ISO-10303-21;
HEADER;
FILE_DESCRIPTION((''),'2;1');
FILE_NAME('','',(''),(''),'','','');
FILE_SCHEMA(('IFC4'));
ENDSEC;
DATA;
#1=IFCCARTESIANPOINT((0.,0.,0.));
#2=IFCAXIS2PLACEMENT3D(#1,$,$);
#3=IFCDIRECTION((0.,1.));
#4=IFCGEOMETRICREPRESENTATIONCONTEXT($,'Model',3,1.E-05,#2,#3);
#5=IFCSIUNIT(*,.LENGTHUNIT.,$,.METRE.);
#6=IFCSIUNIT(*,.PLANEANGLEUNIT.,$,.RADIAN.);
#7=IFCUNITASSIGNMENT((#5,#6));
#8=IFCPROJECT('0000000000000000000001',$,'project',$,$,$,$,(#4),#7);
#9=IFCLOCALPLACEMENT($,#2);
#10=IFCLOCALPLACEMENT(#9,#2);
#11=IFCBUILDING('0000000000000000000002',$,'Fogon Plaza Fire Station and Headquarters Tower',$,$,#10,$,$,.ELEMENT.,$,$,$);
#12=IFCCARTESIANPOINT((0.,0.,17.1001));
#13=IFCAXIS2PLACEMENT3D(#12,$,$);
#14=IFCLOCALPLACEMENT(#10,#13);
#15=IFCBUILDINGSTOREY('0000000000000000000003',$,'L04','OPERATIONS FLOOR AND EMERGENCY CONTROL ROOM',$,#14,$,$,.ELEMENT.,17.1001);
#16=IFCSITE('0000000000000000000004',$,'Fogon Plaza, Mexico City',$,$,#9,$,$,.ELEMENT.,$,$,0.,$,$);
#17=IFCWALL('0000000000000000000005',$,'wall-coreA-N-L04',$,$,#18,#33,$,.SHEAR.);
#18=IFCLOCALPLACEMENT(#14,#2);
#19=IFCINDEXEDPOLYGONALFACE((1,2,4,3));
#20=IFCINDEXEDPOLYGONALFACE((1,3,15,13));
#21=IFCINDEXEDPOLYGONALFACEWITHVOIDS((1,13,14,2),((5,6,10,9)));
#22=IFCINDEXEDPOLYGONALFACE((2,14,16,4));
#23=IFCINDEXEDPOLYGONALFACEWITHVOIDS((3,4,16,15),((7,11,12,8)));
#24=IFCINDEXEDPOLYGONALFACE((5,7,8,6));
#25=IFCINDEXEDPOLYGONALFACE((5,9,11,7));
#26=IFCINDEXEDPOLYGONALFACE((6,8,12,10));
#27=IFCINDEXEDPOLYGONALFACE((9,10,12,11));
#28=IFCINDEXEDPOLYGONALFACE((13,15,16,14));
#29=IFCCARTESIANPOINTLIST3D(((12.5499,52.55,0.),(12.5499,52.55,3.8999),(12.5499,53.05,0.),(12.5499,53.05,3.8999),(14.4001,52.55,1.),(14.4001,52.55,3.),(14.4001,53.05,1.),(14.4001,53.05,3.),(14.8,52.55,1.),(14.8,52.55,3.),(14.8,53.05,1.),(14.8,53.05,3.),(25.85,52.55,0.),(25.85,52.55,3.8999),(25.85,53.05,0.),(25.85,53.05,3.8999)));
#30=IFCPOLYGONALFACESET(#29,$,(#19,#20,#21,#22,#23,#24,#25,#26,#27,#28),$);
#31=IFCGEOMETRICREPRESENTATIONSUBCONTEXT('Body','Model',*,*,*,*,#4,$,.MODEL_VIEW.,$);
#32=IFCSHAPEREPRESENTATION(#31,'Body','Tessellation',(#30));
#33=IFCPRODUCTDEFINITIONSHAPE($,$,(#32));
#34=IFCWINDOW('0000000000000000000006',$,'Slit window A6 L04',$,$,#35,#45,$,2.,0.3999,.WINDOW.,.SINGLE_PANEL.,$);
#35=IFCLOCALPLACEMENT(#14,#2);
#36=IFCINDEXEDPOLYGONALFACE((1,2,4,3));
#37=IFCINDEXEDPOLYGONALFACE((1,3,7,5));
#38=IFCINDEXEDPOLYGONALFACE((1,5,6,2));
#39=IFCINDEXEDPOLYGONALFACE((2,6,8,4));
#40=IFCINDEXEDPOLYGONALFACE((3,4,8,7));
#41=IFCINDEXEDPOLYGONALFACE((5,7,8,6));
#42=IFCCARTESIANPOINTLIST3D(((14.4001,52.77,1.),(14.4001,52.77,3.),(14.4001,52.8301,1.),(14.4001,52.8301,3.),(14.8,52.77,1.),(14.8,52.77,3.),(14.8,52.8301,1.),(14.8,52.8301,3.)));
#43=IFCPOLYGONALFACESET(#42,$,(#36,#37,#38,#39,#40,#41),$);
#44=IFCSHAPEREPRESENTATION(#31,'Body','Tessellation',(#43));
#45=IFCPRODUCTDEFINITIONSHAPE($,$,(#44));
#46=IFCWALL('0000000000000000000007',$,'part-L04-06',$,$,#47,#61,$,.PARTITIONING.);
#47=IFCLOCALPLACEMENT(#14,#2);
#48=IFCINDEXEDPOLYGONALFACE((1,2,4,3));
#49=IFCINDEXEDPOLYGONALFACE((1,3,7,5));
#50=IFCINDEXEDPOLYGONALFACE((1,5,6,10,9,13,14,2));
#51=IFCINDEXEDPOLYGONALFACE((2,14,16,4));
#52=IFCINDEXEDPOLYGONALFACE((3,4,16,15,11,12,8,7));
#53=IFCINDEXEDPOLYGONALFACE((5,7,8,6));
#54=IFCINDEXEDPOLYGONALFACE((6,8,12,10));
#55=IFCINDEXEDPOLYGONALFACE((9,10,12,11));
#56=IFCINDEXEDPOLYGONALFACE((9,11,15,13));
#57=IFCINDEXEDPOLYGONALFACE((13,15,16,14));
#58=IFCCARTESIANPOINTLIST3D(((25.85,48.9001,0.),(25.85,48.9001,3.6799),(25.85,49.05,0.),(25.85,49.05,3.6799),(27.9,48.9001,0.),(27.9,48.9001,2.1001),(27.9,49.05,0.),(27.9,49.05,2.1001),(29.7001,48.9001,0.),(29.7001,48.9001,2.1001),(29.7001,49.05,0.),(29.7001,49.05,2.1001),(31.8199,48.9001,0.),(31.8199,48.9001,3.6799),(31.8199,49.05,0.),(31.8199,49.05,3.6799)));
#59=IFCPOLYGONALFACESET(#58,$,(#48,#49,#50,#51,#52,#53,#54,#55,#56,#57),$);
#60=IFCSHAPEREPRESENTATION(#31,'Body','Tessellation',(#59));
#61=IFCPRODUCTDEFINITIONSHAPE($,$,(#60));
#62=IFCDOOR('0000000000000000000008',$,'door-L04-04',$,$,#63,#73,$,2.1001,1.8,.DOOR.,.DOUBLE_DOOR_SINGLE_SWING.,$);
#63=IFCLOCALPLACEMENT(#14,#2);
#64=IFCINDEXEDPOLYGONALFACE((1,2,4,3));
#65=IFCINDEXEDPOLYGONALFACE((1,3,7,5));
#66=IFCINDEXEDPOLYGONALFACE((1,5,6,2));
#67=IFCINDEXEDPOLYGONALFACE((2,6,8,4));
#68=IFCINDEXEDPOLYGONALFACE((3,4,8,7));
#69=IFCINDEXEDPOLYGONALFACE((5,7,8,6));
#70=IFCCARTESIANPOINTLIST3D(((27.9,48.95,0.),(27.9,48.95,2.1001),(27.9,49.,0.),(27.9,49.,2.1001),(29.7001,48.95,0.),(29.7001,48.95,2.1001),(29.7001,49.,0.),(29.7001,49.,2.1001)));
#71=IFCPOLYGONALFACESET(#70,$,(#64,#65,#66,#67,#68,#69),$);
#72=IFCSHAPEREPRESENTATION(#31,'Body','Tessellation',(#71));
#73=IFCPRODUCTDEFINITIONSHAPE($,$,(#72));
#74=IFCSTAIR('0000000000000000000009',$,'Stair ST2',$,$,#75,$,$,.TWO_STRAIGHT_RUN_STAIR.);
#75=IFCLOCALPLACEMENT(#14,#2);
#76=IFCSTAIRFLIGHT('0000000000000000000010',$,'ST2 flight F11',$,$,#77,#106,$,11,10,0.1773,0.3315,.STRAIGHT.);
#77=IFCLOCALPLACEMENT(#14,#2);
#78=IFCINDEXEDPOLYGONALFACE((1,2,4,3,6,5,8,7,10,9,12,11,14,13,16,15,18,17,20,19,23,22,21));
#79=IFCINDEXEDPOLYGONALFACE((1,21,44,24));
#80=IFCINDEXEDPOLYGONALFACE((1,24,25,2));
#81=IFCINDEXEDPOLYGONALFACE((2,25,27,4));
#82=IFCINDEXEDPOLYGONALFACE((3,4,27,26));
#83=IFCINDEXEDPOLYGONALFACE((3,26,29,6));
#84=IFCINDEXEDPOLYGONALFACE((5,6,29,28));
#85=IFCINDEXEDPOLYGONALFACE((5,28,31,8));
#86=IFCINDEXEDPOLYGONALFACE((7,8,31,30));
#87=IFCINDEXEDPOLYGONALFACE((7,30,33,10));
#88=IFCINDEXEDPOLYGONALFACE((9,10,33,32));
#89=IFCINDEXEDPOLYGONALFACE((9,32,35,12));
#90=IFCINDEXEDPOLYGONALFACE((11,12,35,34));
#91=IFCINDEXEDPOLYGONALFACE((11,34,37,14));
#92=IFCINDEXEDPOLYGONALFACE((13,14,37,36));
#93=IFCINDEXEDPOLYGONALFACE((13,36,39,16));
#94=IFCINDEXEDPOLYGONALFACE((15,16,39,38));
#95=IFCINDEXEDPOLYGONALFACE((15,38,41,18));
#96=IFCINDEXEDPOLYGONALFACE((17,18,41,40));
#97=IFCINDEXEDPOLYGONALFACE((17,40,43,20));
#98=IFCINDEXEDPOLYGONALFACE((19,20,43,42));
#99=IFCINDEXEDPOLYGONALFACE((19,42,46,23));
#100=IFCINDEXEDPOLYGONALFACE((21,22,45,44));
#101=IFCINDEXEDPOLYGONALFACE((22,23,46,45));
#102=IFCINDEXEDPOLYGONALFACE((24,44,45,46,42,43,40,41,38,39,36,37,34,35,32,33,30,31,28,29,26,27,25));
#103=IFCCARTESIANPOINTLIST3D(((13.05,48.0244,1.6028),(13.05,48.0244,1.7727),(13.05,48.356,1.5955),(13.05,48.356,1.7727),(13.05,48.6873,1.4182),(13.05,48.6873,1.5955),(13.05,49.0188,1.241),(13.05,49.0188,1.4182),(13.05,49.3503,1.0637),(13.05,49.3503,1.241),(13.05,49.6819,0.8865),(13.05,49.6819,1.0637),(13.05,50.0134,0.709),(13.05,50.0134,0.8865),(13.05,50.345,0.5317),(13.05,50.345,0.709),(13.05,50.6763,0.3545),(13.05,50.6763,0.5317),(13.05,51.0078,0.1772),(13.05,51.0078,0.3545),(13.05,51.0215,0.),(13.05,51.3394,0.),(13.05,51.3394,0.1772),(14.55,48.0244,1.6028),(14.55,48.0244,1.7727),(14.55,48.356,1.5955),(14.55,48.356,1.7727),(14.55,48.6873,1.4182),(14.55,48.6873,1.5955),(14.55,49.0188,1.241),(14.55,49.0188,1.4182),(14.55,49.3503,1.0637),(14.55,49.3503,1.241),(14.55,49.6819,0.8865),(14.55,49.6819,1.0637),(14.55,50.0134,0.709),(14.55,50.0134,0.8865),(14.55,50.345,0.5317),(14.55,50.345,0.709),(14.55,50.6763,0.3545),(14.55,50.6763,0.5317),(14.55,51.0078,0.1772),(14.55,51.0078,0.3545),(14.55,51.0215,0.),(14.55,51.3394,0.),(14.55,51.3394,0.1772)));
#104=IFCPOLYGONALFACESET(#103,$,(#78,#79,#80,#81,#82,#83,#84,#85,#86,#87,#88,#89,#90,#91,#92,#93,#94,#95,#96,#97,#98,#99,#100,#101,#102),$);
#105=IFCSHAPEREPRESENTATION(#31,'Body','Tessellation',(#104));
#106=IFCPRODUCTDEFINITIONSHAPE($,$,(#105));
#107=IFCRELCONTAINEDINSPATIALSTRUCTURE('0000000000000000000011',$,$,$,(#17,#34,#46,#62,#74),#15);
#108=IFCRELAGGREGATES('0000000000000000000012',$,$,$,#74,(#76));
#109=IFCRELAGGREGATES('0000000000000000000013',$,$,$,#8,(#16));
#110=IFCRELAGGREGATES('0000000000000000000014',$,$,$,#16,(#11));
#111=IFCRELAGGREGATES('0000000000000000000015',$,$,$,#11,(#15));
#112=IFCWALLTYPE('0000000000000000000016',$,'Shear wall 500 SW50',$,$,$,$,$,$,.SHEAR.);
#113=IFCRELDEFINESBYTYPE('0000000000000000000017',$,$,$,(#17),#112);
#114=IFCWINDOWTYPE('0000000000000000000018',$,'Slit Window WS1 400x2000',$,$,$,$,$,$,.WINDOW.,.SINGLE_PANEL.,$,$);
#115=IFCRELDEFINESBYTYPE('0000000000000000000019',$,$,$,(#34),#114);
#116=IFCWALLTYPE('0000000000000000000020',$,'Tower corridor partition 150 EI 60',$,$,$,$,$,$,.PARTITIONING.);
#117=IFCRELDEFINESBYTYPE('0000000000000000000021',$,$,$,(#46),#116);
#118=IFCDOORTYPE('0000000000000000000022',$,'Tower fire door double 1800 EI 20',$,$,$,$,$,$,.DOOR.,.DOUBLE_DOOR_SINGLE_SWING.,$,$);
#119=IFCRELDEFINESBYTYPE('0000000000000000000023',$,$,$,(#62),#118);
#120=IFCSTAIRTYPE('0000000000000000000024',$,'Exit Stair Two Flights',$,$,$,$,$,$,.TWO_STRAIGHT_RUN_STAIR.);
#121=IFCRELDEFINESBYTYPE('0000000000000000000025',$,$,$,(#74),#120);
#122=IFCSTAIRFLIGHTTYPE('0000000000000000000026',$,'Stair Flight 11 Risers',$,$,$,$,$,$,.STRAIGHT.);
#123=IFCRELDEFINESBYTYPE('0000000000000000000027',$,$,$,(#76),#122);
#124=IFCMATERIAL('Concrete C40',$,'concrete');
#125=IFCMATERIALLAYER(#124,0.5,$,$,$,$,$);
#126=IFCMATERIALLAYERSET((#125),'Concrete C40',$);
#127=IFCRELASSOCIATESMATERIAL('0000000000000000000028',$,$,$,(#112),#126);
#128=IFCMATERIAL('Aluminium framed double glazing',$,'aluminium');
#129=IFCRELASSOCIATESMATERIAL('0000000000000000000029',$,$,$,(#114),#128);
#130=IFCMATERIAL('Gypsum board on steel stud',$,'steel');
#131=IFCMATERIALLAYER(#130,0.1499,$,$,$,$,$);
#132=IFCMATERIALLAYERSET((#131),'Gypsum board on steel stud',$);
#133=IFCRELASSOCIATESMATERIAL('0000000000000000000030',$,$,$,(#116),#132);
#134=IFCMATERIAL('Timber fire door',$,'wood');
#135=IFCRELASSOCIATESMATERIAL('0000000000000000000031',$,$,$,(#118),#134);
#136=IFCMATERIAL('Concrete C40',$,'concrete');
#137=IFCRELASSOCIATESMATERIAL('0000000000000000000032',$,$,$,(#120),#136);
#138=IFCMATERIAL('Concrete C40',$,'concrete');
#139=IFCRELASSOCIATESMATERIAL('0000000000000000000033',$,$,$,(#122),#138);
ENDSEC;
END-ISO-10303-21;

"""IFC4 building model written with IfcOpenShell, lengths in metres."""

from ifc_helpers import new_model, si_unit, direction, frame, frame_2d, origin, place, context, subcontext, project, spatial, polyline, rectangle, outline, extrude, material, layer, layer_set, type_object, element, fill, aggregate, save


model = new_model("IFC4")

# Units and contexts
model_context = context("Model", 3, precision=1e-05, world=origin(), true_north=direction((0.0, 1.0)))
body_context = subcontext(model_context, "Body", "Model", "MODEL_VIEW")
ifc_project = project(units=[si_unit("LENGTHUNIT", "METRE"), si_unit("PLANEANGLEUNIT", "RADIAN")], contexts=[model_context])

# Site, building, storey
site_placement = place(None, origin())
site = spatial("IfcSite", under=ifc_project, at=site_placement, Name="Fogon Plaza, Mexico City", CompositionType="ELEMENT", RefElevation=0.0)
building_placement = place(site_placement, origin())
building = spatial("IfcBuilding", under=site, at=building_placement, Name="Fogon Plaza Fire Station and Headquarters Tower", CompositionType="ELEMENT")
storey_placement = place(building_placement, frame((0.0, 0.0, 17.1001)))
storey = spatial("IfcBuildingStorey", under=building, at=storey_placement, Name="L04", Description="OPERATIONS FLOOR AND EMERGENCY CONTROL ROOM", CompositionType="ELEMENT", Elevation=17.1001)

# Wall, opening, window
ifc_material_1 = material(Name="Concrete C40", Category="concrete")
ifc_layer_1 = layer(ifc_material_1, 0.5)
ifc_layer_set_1 = layer_set([ifc_layer_1], Name="Concrete C40")
wall_type_1 = type_object("IfcWallType", Name="Shear wall 500 SW50", PredefinedType="SHEAR", material=ifc_layer_set_1)
wall_1_placement = place(storey_placement, frame((12.55, 52.8, 0.0), z_axis=(0.0, 0.0, 1.0), x_axis=(1.0, 0.0, 0.0)))
wall_1 = element("IfcWall", 1, at=wall_1_placement, inside=storey, type_object=wall_type_1, Name="wall-coreA-N-L04", PredefinedType="SHEAR", context=body_context, shape_type="SweptSolid", body=[
    extrude(rectangle(XDim=13.3, YDim=0.5, at=frame_2d((6.6499, 0.0))), origin(), (0.0, 0.0, 1.0), 3.8999),
])
opening_1_placement = place(wall_1_placement, frame((1.8501, 0.0, 1.0)))
opening_1 = element("IfcOpeningElement", 2, at=opening_1_placement, cuts=wall_1, PredefinedType="OPENING", context=body_context, shape_type="SweptSolid", body=[
    extrude(rectangle(XDim=0.3999, YDim=2.0, at=frame_2d((0.2, 1.0))), frame((0.0, 0.26, 0.0), z_axis=(0.0, -1.0, 0.0), x_axis=(1.0, 0.0, 0.0)), (0.0, 0.0, 1.0), 0.52),
])
ifc_material_2 = material(Name="Aluminium framed double glazing", Category="aluminium")
window_type = type_object("IfcWindowType", Name="Slit Window WS1 400x2000", PartitioningType="SINGLE_PANEL", PredefinedType="WINDOW", material=ifc_material_2)
window_placement = place(opening_1_placement, origin())
window = element("IfcWindow", 3, at=window_placement, inside=storey, type_object=window_type, Name="Slit window A6 L04", OverallHeight=2.0, OverallWidth=0.3999, PartitioningType="SINGLE_PANEL", PredefinedType="WINDOW", context=body_context, shape_type="SweptSolid", body=[
    extrude(rectangle(XDim=0.3999, YDim=2.0, at=frame_2d((0.2, 1.0))), frame((0.0, 0.03, 0.0), z_axis=(0.0, -1.0, 0.0), x_axis=(1.0, 0.0, 0.0)), (0.0, 0.0, 1.0), 0.0601),
])
fill(opening_1, window)

# Wall, opening, door
ifc_material_3 = material(Name="Gypsum board on steel stud", Category="steel")
ifc_layer_2 = layer(ifc_material_3, 0.1499)
ifc_layer_set_2 = layer_set([ifc_layer_2], Name="Gypsum board on steel stud")
wall_type_2 = type_object("IfcWallType", Name="Tower corridor partition 150 EI 60", PredefinedType="PARTITIONING", material=ifc_layer_set_2)
wall_2_placement = place(storey_placement, frame((25.8501, 48.9751, 0.0), z_axis=(0.0, 0.0, 1.0), x_axis=(1.0, 0.0, 0.0)))
wall_2 = element("IfcWall", 4, at=wall_2_placement, inside=storey, type_object=wall_type_2, Name="part-L04-06", PredefinedType="PARTITIONING", context=body_context, shape_type="SweptSolid", body=[
    extrude(rectangle(XDim=5.97, YDim=0.1499, at=frame_2d((2.9849, 0.0))), origin(), (0.0, 0.0, 1.0), 3.6799),
])
opening_2_placement = place(wall_2_placement, frame((2.05, 0.0, 0.0)))
opening_2 = element("IfcOpeningElement", 5, at=opening_2_placement, cuts=wall_2, PredefinedType="OPENING", context=body_context, shape_type="SweptSolid", body=[
    extrude(rectangle(XDim=1.8, YDim=2.1001, at=frame_2d((0.8999, 1.05))), frame((0.0, 0.085, 0.0), z_axis=(0.0, -1.0, 0.0), x_axis=(1.0, 0.0, 0.0)), (0.0, 0.0, 1.0), 0.1699),
])
ifc_material_4 = material(Name="Timber fire door", Category="wood")
door_type = type_object("IfcDoorType", Name="Tower fire door double 1800 EI 20", OperationType="DOUBLE_DOOR_SINGLE_SWING", PredefinedType="DOOR", material=ifc_material_4)
door_placement = place(opening_2_placement, origin())
door = element("IfcDoor", 6, at=door_placement, inside=storey, type_object=door_type, Name="door-L04-04", OperationType="DOUBLE_DOOR_SINGLE_SWING", OverallHeight=2.1001, OverallWidth=1.8, PredefinedType="DOOR", context=body_context, shape_type="SweptSolid", body=[
    extrude(rectangle(XDim=1.8, YDim=2.1001, at=frame_2d((0.8999, 1.05))), frame((0.0, 0.0249, 0.0), z_axis=(0.0, -1.0, 0.0), x_axis=(1.0, 0.0, 0.0)), (0.0, 0.0, 1.0), 0.05),
])
fill(opening_2, door)

# Stair, stair flight
ifc_material_5 = material(Name="Concrete C40", Category="concrete")
stair_type = type_object("IfcStairType", Name="Exit Stair Two Flights", PredefinedType="TWO_STRAIGHT_RUN_STAIR", material=ifc_material_5)
stair_placement = place(storey_placement, origin())
stair = element("IfcStair", 7, at=stair_placement, inside=storey, type_object=stair_type, Name="Stair ST2", PredefinedType="TWO_STRAIGHT_RUN_STAIR")
ifc_material_6 = material(Name="Concrete C40", Category="concrete")
stair_flight_type = type_object("IfcStairFlightType", Name="Stair Flight 11 Risers", PredefinedType="STRAIGHT", material=ifc_material_6)
stair_flight_placement = place(storey_placement, frame((13.8, 51.3394, 0.0), z_axis=(0.0, 0.0, 1.0), x_axis=(0.0, -1.0, 0.0)))
stair_flight = element("IfcStairFlight", 8, at=stair_flight_placement, type_object=stair_flight_type, Name="ST2 flight F11", NumberOfRisers=11, NumberOfTreads=10, PredefinedType="STRAIGHT", RiserHeight=0.1773, TreadLength=0.3315, context=body_context, shape_type="SweptSolid", body=[
    extrude(outline(polyline([(0.0, 0.0), (0.0, 0.1772), (0.3315, 0.1772), (0.3315, 0.3545), (0.6631, 0.3545), (0.6631, 0.5317), (0.9944, 0.5317), (0.9944, 0.709), (1.3259, 0.709), (1.3259, 0.8865), (1.6575, 0.8865), (1.6575, 1.0637), (1.989, 1.0637), (1.989, 1.241), (2.3206, 1.241), (2.3206, 1.4182), (2.6521, 1.4182), (2.6521, 1.5955), (2.9834, 1.5955), (2.9834, 1.7727), (3.3149, 1.7727), (3.3149, 1.95), (3.3149, 1.6028), (0.3179, 0.0), (0.0, 0.0)])), frame((0.0, 0.75, 0.0), z_axis=(0.0, -1.0, 0.0), x_axis=(1.0, 0.0, 0.0)), (0.0, 0.0, 1.0), 1.5),
])
aggregate(stair, [stair_flight])

save(model, "model.ifc")
